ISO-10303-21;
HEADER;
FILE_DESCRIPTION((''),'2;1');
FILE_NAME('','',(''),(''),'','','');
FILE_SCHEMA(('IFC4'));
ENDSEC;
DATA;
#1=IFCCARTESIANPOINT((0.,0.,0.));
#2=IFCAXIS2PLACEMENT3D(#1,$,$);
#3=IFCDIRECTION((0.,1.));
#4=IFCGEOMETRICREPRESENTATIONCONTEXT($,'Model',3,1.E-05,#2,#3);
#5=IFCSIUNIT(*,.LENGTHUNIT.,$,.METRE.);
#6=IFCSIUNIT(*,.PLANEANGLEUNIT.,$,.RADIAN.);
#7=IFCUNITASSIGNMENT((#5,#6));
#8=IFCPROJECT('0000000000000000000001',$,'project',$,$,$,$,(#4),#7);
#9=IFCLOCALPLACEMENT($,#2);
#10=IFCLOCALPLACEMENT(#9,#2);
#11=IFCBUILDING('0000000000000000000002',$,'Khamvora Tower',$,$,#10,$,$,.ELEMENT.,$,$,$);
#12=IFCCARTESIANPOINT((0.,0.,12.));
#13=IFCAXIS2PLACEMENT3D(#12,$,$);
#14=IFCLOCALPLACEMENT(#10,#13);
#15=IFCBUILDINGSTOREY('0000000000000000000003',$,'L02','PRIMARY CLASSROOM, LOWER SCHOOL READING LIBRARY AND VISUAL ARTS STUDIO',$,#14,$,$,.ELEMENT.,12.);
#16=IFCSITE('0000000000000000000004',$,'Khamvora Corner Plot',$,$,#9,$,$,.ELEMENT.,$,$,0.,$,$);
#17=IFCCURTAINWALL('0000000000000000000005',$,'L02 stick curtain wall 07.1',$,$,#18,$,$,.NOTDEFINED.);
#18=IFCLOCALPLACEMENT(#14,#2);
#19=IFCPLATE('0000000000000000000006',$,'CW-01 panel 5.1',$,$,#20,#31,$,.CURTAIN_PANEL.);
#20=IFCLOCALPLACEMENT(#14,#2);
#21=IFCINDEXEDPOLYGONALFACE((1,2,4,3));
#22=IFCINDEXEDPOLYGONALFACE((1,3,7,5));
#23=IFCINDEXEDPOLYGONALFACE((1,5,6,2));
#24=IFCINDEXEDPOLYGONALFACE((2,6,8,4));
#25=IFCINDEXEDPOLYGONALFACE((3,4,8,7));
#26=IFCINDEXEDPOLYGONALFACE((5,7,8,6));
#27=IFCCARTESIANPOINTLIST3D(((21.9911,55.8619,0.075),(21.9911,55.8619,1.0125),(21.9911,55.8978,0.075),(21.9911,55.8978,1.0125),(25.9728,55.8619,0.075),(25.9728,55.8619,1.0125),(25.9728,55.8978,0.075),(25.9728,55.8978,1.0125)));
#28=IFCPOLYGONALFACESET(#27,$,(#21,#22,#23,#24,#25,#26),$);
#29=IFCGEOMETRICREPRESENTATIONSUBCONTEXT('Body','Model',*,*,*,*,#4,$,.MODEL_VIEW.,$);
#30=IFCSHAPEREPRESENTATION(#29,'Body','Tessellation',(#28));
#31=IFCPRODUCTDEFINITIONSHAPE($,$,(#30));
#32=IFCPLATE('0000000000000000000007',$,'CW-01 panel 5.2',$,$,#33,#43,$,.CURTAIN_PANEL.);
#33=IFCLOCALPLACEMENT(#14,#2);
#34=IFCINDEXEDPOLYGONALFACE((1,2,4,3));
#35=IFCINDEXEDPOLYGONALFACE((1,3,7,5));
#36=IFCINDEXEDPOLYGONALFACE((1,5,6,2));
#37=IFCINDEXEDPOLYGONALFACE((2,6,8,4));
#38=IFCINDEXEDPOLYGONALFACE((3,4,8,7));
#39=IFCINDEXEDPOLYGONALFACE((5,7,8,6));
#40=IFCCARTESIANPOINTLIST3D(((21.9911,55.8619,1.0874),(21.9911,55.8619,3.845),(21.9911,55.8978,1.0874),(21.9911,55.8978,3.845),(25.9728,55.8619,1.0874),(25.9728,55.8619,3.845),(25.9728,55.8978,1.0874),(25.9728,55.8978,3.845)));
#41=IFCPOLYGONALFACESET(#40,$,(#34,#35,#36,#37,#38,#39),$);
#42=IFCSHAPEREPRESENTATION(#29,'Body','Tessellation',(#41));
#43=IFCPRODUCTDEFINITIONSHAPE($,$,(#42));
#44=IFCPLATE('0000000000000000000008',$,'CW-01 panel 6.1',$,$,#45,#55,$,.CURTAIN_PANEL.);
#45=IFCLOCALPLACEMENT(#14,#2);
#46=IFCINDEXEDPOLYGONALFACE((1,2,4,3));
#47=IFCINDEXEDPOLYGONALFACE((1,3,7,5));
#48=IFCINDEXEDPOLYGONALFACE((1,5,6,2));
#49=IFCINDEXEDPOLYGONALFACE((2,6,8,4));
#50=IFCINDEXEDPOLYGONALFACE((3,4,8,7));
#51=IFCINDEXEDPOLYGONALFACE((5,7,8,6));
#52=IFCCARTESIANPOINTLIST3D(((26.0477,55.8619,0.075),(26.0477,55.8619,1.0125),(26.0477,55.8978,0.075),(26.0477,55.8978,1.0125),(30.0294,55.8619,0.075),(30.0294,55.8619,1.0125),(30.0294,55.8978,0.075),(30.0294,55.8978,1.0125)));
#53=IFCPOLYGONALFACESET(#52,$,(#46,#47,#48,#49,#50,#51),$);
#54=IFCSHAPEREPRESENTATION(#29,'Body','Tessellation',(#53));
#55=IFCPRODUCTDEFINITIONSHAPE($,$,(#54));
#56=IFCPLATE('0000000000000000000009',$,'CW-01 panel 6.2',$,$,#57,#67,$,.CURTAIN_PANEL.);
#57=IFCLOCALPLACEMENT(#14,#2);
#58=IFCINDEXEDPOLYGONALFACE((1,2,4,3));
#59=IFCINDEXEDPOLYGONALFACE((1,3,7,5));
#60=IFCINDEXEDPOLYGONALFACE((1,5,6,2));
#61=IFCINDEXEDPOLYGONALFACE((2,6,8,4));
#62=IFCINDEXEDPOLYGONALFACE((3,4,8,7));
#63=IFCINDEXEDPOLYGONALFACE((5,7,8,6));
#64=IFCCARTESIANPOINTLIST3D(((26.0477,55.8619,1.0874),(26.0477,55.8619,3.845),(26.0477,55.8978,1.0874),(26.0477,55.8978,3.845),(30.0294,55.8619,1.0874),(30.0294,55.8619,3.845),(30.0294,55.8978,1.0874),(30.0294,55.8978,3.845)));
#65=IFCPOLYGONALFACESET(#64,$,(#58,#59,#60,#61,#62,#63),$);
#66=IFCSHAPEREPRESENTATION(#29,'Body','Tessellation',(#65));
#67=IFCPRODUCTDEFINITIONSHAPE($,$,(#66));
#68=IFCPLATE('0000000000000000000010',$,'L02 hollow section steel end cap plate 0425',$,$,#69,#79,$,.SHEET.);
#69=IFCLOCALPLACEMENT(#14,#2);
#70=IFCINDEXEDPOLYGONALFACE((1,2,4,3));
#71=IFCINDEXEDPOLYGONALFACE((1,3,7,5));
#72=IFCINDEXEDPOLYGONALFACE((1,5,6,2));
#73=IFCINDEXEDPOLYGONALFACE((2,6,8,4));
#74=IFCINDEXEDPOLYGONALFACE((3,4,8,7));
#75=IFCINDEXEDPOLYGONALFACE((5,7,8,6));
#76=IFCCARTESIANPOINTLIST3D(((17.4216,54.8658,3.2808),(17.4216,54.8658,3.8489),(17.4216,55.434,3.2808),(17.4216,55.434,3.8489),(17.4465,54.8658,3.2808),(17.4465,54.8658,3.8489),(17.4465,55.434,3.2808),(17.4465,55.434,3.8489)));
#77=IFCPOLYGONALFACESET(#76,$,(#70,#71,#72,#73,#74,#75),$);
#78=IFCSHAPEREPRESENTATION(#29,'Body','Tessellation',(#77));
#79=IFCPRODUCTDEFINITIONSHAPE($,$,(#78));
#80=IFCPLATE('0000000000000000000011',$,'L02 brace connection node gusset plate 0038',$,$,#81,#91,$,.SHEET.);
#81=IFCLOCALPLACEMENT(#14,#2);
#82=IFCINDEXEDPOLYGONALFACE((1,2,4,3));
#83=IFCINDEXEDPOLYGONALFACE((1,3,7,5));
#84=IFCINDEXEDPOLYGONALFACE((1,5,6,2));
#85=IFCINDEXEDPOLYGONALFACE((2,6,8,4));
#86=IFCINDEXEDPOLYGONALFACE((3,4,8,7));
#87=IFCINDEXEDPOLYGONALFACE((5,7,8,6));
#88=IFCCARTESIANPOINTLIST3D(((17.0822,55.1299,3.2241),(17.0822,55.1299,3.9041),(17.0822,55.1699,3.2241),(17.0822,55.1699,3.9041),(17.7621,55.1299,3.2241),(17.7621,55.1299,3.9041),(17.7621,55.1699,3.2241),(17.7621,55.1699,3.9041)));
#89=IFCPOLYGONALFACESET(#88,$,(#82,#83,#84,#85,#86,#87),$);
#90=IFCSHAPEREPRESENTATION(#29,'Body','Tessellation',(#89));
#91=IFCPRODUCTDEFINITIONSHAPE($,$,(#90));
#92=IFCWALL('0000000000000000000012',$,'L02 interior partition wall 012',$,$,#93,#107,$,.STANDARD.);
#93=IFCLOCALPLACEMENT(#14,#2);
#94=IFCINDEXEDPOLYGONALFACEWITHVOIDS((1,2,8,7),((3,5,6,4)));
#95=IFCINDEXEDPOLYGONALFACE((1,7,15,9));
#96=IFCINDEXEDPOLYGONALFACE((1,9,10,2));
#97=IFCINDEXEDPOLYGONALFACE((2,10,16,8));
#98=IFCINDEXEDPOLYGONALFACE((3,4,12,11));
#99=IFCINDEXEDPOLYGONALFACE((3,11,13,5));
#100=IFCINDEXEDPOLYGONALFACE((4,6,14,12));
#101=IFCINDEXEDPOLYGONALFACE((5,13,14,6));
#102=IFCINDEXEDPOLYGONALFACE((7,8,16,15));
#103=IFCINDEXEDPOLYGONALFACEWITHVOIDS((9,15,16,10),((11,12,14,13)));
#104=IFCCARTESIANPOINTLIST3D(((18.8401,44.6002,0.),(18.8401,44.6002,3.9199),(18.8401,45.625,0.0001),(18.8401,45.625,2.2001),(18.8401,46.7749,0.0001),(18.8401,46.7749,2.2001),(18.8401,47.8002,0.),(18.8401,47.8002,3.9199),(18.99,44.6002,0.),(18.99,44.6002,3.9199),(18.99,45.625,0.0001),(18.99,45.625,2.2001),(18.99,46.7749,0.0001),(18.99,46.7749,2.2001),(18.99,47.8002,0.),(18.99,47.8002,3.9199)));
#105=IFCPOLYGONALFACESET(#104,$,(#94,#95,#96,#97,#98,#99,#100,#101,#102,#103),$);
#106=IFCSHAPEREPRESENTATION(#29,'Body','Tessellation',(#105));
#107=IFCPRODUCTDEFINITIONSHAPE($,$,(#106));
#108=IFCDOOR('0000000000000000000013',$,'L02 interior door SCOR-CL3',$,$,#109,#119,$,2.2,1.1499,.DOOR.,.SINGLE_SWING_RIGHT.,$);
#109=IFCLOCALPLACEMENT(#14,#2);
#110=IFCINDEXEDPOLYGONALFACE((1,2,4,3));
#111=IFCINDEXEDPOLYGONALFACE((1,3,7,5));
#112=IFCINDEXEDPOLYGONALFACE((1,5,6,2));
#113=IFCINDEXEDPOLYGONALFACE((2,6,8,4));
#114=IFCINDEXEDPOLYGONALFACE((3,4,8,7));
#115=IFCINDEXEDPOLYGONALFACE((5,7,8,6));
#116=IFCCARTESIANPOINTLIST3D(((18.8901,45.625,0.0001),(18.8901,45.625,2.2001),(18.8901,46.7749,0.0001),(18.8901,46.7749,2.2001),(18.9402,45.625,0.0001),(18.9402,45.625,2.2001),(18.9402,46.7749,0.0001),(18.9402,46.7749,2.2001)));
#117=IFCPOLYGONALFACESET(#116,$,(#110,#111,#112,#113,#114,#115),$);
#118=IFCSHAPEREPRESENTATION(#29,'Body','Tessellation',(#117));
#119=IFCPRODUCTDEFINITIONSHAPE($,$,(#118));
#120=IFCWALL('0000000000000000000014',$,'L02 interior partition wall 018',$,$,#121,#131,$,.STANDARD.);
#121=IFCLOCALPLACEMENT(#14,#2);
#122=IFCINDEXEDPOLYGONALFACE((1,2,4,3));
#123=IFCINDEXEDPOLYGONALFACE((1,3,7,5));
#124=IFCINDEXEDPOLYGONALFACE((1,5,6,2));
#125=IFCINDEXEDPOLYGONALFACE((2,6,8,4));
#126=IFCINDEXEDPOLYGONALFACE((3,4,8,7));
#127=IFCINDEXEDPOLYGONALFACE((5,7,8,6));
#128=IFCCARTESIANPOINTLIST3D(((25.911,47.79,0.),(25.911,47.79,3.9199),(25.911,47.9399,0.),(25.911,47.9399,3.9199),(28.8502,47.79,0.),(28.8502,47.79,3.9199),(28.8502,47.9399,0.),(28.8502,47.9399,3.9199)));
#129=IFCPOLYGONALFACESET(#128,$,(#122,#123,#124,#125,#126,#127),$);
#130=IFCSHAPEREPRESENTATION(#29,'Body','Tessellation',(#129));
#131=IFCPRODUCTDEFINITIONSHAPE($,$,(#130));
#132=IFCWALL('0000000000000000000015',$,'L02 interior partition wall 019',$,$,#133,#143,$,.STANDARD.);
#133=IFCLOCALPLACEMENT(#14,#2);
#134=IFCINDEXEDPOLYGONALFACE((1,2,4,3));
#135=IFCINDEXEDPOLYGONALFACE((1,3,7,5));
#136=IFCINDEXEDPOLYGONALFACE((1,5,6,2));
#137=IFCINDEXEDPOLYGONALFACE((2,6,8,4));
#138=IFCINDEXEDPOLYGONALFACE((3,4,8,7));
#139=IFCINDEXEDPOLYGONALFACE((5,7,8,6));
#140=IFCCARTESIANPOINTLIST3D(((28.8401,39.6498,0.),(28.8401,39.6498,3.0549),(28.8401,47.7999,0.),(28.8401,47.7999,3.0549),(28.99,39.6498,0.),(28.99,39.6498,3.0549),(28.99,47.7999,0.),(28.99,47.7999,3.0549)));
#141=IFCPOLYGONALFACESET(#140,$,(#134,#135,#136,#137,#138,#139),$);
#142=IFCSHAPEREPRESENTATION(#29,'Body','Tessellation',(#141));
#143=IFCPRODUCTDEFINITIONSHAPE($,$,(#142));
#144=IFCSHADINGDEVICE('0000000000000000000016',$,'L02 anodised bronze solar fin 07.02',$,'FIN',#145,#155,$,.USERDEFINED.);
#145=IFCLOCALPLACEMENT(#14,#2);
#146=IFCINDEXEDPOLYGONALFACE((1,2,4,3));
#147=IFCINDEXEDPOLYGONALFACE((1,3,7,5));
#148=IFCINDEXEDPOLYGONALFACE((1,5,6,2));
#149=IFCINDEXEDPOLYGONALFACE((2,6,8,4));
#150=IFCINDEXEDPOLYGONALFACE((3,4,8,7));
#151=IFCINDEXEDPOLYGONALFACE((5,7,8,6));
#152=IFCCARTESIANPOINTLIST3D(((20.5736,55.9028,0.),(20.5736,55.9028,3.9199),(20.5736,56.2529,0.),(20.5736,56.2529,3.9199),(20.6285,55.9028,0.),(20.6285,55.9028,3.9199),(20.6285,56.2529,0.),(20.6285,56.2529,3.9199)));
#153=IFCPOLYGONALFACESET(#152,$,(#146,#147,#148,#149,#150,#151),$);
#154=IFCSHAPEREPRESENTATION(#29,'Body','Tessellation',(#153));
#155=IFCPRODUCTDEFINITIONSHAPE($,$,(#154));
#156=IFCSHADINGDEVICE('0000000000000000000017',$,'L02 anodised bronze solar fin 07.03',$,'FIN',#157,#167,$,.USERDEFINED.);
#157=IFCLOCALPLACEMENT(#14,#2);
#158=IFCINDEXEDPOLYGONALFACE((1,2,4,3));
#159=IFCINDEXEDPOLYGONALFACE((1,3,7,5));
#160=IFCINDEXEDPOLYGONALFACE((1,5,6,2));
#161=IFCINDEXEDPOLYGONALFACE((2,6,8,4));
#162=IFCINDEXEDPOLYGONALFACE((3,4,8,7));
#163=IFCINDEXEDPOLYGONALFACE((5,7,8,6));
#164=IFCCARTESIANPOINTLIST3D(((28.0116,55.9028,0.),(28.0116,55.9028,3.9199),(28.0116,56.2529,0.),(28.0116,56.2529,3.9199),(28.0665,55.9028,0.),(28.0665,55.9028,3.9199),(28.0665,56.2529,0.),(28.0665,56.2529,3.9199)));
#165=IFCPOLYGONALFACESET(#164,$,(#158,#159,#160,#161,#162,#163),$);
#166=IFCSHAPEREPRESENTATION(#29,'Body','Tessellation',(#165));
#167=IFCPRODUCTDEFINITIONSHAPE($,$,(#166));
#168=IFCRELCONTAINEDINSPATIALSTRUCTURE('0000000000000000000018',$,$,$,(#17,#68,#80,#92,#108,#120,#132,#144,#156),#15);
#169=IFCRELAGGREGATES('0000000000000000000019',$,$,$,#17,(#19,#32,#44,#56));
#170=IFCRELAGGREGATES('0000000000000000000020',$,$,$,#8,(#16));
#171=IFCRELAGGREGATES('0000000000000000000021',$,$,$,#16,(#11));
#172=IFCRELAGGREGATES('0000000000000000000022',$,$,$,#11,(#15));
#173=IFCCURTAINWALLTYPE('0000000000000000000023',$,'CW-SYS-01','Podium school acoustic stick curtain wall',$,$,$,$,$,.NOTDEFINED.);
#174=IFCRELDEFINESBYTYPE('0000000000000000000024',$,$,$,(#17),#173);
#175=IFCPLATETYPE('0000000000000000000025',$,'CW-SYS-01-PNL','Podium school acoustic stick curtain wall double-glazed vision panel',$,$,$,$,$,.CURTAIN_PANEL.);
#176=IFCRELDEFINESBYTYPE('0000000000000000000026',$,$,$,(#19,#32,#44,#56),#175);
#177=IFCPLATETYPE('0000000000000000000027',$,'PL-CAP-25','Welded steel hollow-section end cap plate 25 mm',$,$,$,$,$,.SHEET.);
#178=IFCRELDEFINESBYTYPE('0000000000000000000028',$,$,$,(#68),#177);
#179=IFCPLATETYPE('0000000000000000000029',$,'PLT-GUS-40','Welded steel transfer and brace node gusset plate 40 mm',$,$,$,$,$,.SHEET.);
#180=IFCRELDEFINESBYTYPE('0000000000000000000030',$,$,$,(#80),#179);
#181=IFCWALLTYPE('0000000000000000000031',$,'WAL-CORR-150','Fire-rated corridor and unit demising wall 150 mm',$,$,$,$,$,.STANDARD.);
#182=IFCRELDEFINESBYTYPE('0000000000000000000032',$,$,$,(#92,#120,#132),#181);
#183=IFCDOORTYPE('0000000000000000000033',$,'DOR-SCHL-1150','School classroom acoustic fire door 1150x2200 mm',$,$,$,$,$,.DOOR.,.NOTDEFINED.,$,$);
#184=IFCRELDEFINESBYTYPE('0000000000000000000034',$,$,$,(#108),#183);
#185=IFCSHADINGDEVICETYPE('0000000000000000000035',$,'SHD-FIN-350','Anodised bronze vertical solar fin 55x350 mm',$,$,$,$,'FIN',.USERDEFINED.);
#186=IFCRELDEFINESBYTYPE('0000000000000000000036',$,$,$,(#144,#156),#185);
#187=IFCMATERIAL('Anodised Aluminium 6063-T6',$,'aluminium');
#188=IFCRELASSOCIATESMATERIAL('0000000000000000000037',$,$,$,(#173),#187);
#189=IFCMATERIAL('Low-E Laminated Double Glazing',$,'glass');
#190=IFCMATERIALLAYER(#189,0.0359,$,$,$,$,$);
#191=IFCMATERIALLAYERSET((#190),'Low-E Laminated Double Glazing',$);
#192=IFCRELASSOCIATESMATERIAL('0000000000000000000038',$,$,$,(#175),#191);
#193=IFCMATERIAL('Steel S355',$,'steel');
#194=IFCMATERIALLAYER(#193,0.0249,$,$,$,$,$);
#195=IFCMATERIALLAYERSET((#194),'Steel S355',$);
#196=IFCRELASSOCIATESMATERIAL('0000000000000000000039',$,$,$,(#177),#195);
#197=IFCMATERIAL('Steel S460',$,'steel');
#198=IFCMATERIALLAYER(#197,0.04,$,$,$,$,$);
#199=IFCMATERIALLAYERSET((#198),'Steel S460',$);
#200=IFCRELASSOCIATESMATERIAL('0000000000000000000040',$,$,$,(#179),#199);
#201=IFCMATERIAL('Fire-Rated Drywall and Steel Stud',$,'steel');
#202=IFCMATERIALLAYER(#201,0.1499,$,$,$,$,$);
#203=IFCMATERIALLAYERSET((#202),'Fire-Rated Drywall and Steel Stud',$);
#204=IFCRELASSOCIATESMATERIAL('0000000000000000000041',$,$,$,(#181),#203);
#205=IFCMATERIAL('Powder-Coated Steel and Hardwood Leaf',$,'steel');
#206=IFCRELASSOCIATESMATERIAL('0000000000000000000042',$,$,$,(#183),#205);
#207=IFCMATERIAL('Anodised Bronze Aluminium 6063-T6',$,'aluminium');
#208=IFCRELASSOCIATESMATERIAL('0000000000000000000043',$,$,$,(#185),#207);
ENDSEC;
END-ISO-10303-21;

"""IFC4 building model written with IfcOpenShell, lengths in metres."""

from ifc_helpers import new_model, si_unit, direction, frame, frame_2d, origin, origin_2d, place, context, subcontext, project, spatial, rectangle, extrude, material, layer, layer_set, type_object, element, fill, aggregate, save


model = new_model("IFC4")

# Units and contexts
model_context = context("Model", 3, precision=1e-05, world=origin(), true_north=direction((0.0, 1.0)))
body_context = subcontext(model_context, "Body", "Model", "MODEL_VIEW")
ifc_project = project(units=[si_unit("LENGTHUNIT", "METRE"), si_unit("PLANEANGLEUNIT", "RADIAN")], contexts=[model_context])

# Site, building, storey
site_placement = place(None, origin())
site = spatial("IfcSite", under=ifc_project, at=site_placement, Name="Khamvora Corner Plot", CompositionType="ELEMENT", RefElevation=0.0)
building_placement = place(site_placement, origin())
building = spatial("IfcBuilding", under=site, at=building_placement, Name="Khamvora Tower", CompositionType="ELEMENT")
storey_placement = place(building_placement, frame((0.0, 0.0, 12.0)))
storey = spatial("IfcBuildingStorey", under=building, at=storey_placement, Name="L02", Description="PRIMARY CLASSROOM, LOWER SCHOOL READING LIBRARY AND VISUAL ARTS STUDIO", CompositionType="ELEMENT", Elevation=12.0)

# Shared definitions
ifc_material_1 = material(Name="Steel S460", Category="steel")

# Shared definitions
ifc_material_2 = material(Name="Steel S355", Category="steel")

# Curtain wall, plates
ifc_material_3 = material(Name="Anodised Aluminium 6063-T6", Category="aluminium")
curtain_wall_type = type_object("IfcCurtainWallType", Name="CW-SYS-01", Description="Podium school acoustic stick curtain wall", PredefinedType="NOTDEFINED", material=ifc_material_3)
curtain_wall_placement = place(storey_placement, origin())
curtain_wall = element("IfcCurtainWall", 1, at=curtain_wall_placement, inside=storey, type_object=curtain_wall_type, Name="L02 stick curtain wall 07.1", PredefinedType="NOTDEFINED")
ifc_material_4 = material(Name="Low-E Laminated Double Glazing", Category="glass")
ifc_layer_1 = layer(ifc_material_4, 0.0359)
ifc_layer_set_1 = layer_set([ifc_layer_1], Name="Low-E Laminated Double Glazing")
plate_type_1 = type_object("IfcPlateType", Name="CW-SYS-01-PNL", Description="Podium school acoustic stick curtain wall double-glazed vision panel", PredefinedType="CURTAIN_PANEL", material=ifc_layer_set_1)
plate_1_placement = place(storey_placement, frame((23.9819, 55.8799, 0.075), z_axis=(0.0, 0.0, 1.0), x_axis=(1.0, 0.0, 0.0)))
plate_1 = element("IfcPlate", 2, at=plate_1_placement, type_object=plate_type_1, Name="CW-01 panel 5.1", PredefinedType="CURTAIN_PANEL", context=body_context, shape_type="SweptSolid", body=[
    extrude(rectangle(XDim=3.9817, YDim=0.0359, at=origin_2d()), origin(), (0.0, 0.0, 1.0), 0.9375),
])
plate_2_placement = place(storey_placement, frame((23.9819, 55.8799, 1.0874), z_axis=(0.0, 0.0, 1.0), x_axis=(1.0, 0.0, 0.0)))
plate_2 = element("IfcPlate", 3, at=plate_2_placement, type_object=plate_type_1, Name="CW-01 panel 5.2", PredefinedType="CURTAIN_PANEL", context=body_context, shape_type="SweptSolid", body=[
    extrude(rectangle(XDim=3.9817, YDim=0.0359, at=origin_2d()), origin(), (0.0, 0.0, 1.0), 2.7576),
])
plate_3_placement = place(storey_placement, frame((28.0386, 55.8799, 0.075), z_axis=(0.0, 0.0, 1.0), x_axis=(1.0, 0.0, 0.0)))
plate_3 = element("IfcPlate", 4, at=plate_3_placement, type_object=plate_type_1, Name="CW-01 panel 6.1", PredefinedType="CURTAIN_PANEL", context=body_context, shape_type="SweptSolid", body=[
    extrude(rectangle(XDim=3.9817, YDim=0.0359, at=origin_2d()), origin(), (0.0, 0.0, 1.0), 0.9375),
])
plate_4_placement = place(storey_placement, frame((28.0386, 55.8799, 1.0874), z_axis=(0.0, 0.0, 1.0), x_axis=(1.0, 0.0, 0.0)))
plate_4 = element("IfcPlate", 5, at=plate_4_placement, type_object=plate_type_1, Name="CW-01 panel 6.2", PredefinedType="CURTAIN_PANEL", context=body_context, shape_type="SweptSolid", body=[
    extrude(rectangle(XDim=3.9817, YDim=0.0359, at=origin_2d()), origin(), (0.0, 0.0, 1.0), 2.7576),
])
aggregate(curtain_wall, [plate_1, plate_2, plate_3, plate_4])

# Plates
ifc_layer_2 = layer(ifc_material_2, 0.0249)
ifc_layer_set_2 = layer_set([ifc_layer_2], Name="Steel S355")
plate_type_2 = type_object("IfcPlateType", Name="PL-CAP-25", Description="Welded steel hollow-section end cap plate 25 mm", PredefinedType="SHEET", material=ifc_layer_set_2)
plate_5_placement = place(storey_placement, frame((17.4341, 55.1499, 3.2808), z_axis=(0.0, 0.0, 1.0), x_axis=(1.0, 0.0, 0.0)))
element("IfcPlate", 6, at=plate_5_placement, inside=storey, type_object=plate_type_2, Name="L02 hollow section steel end cap plate 0425", PredefinedType="SHEET", context=body_context, shape_type="SweptSolid", body=[
    extrude(rectangle(XDim=0.0249, YDim=0.5681, at=origin_2d()), origin(), (0.0, 0.0, 1.0), 0.5681),
])
ifc_layer_3 = layer(ifc_material_1, 0.04)
ifc_layer_set_3 = layer_set([ifc_layer_3], Name="Steel S460")
plate_type_3 = type_object("IfcPlateType", Name="PLT-GUS-40", Description="Welded steel transfer and brace node gusset plate 40 mm", PredefinedType="SHEET", material=ifc_layer_set_3)
plate_6_placement = place(storey_placement, frame((17.4221, 55.1499, 3.2241), z_axis=(0.0, 0.0, 1.0), x_axis=(1.0, 0.0, 0.0)))
element("IfcPlate", 7, at=plate_6_placement, inside=storey, type_object=plate_type_3, Name="L02 brace connection node gusset plate 0038", PredefinedType="SHEET", context=body_context, shape_type="SweptSolid", body=[
    extrude(rectangle(XDim=0.6799, YDim=0.04, at=origin_2d()), origin(), (0.0, 0.0, 1.0), 0.6799),
])

# Wall, opening, door
ifc_material_5 = material(Name="Fire-Rated Drywall and Steel Stud", Category="steel")
ifc_layer_4 = layer(ifc_material_5, 0.1499)
ifc_layer_set_4 = layer_set([ifc_layer_4], Name="Fire-Rated Drywall and Steel Stud")
wall_type = type_object("IfcWallType", Name="WAL-CORR-150", Description="Fire-rated corridor and unit demising wall 150 mm", PredefinedType="STANDARD", material=ifc_layer_set_4)
wall_1_placement = place(storey_placement, frame((18.915, 44.6001, 0.0), z_axis=(0.0, 0.0, 1.0), x_axis=(0.0, 1.0, 0.0)))
wall_1 = element("IfcWall", 8, at=wall_1_placement, inside=storey, type_object=wall_type, Name="L02 interior partition wall 012", PredefinedType="STANDARD", context=body_context, shape_type="SweptSolid", body=[
    extrude(rectangle(XDim=3.2, YDim=0.1499, at=frame_2d((1.6001, 0.0))), origin(), (0.0, 0.0, 1.0), 3.9199),
])
opening_placement = place(wall_1_placement, frame((1.0249, 0.0, 0.0)))
opening = element("IfcOpeningElement", 9, at=opening_placement, cuts=wall_1, PredefinedType="OPENING", context=body_context, shape_type="SweptSolid", body=[
    extrude(rectangle(XDim=1.1499, YDim=2.2, at=frame_2d((0.575, 1.1001))), frame((0.0, 0.085, 0.0), z_axis=(0.0, -1.0, 0.0), x_axis=(1.0, 0.0, 0.0)), (0.0, 0.0, 1.0), 0.1699),
])
ifc_material_6 = material(Name="Powder-Coated Steel and Hardwood Leaf", Category="steel")
door_type = type_object("IfcDoorType", Name="DOR-SCHL-1150", Description="School classroom acoustic fire door 1150x2200 mm", OperationType="NOTDEFINED", PredefinedType="DOOR", material=ifc_material_6)
door_placement = place(opening_placement, origin())
door = element("IfcDoor", 10, at=door_placement, inside=storey, type_object=door_type, Name="L02 interior door SCOR-CL3", OperationType="SINGLE_SWING_RIGHT", OverallHeight=2.2, OverallWidth=1.1499, PredefinedType="DOOR", context=body_context, shape_type="SweptSolid", body=[
    extrude(rectangle(XDim=1.1499, YDim=2.2, at=frame_2d((0.575, 1.1001))), frame((0.0, 0.0249, 0.0), z_axis=(0.0, -1.0, 0.0), x_axis=(1.0, 0.0, 0.0)), (0.0, 0.0, 1.0), 0.05),
])
fill(opening, door)

# Walls
wall_2_placement = place(storey_placement, frame((25.9109, 47.865, 0.0), z_axis=(0.0, 0.0, 1.0), x_axis=(1.0, 0.0, 0.0)))
element("IfcWall", 11, at=wall_2_placement, inside=storey, type_object=wall_type, Name="L02 interior partition wall 018", PredefinedType="STANDARD", context=body_context, shape_type="SweptSolid", body=[
    extrude(rectangle(XDim=2.9392, YDim=0.1499, at=frame_2d((1.4697, 0.0))), origin(), (0.0, 0.0, 1.0), 3.9199),
])
wall_3_placement = place(storey_placement, frame((28.915, 47.8, 0.0), z_axis=(0.0, 0.0, 1.0), x_axis=(0.0, -1.0, 0.0)))
element("IfcWall", 12, at=wall_3_placement, inside=storey, type_object=wall_type, Name="L02 interior partition wall 019", PredefinedType="STANDARD", context=body_context, shape_type="SweptSolid", body=[
    extrude(rectangle(XDim=8.1501, YDim=0.1499, at=frame_2d((4.0752, 0.0))), origin(), (0.0, 0.0, 1.0), 3.0549),
])

# Shading devices
ifc_material_7 = material(Name="Anodised Bronze Aluminium 6063-T6", Category="aluminium")
shading_device_type = type_object("IfcShadingDeviceType", Name="SHD-FIN-350", Description="Anodised bronze vertical solar fin 55x350 mm", ElementType="FIN", PredefinedType="USERDEFINED", material=ifc_material_7)
for number, where, z_axis, x_axis, name in (
    (13, (20.6011, 56.0779, 0.0), (0.0, 0.0, 1.0), (1.0, 0.0, 0.0), "L02 anodised bronze solar fin 07.02"),
    (14, (28.0391, 56.0779, 0.0), (0.0, 0.0, 1.0), (1.0, 0.0, 0.0), "L02 anodised bronze solar fin 07.03"),
):
    element("IfcShadingDevice", number, at=place(storey_placement, frame(where, z_axis=z_axis, x_axis=x_axis)), inside=storey, type_object=shading_device_type, Name=name, ObjectType="FIN", PredefinedType="USERDEFINED", context=body_context, shape_type="SweptSolid", body=[
        extrude(rectangle(XDim=0.0549, YDim=0.3501, at=origin_2d()), origin(), (0.0, 0.0, 1.0), 3.9199),
    ])

save(model, "model.ifc")
